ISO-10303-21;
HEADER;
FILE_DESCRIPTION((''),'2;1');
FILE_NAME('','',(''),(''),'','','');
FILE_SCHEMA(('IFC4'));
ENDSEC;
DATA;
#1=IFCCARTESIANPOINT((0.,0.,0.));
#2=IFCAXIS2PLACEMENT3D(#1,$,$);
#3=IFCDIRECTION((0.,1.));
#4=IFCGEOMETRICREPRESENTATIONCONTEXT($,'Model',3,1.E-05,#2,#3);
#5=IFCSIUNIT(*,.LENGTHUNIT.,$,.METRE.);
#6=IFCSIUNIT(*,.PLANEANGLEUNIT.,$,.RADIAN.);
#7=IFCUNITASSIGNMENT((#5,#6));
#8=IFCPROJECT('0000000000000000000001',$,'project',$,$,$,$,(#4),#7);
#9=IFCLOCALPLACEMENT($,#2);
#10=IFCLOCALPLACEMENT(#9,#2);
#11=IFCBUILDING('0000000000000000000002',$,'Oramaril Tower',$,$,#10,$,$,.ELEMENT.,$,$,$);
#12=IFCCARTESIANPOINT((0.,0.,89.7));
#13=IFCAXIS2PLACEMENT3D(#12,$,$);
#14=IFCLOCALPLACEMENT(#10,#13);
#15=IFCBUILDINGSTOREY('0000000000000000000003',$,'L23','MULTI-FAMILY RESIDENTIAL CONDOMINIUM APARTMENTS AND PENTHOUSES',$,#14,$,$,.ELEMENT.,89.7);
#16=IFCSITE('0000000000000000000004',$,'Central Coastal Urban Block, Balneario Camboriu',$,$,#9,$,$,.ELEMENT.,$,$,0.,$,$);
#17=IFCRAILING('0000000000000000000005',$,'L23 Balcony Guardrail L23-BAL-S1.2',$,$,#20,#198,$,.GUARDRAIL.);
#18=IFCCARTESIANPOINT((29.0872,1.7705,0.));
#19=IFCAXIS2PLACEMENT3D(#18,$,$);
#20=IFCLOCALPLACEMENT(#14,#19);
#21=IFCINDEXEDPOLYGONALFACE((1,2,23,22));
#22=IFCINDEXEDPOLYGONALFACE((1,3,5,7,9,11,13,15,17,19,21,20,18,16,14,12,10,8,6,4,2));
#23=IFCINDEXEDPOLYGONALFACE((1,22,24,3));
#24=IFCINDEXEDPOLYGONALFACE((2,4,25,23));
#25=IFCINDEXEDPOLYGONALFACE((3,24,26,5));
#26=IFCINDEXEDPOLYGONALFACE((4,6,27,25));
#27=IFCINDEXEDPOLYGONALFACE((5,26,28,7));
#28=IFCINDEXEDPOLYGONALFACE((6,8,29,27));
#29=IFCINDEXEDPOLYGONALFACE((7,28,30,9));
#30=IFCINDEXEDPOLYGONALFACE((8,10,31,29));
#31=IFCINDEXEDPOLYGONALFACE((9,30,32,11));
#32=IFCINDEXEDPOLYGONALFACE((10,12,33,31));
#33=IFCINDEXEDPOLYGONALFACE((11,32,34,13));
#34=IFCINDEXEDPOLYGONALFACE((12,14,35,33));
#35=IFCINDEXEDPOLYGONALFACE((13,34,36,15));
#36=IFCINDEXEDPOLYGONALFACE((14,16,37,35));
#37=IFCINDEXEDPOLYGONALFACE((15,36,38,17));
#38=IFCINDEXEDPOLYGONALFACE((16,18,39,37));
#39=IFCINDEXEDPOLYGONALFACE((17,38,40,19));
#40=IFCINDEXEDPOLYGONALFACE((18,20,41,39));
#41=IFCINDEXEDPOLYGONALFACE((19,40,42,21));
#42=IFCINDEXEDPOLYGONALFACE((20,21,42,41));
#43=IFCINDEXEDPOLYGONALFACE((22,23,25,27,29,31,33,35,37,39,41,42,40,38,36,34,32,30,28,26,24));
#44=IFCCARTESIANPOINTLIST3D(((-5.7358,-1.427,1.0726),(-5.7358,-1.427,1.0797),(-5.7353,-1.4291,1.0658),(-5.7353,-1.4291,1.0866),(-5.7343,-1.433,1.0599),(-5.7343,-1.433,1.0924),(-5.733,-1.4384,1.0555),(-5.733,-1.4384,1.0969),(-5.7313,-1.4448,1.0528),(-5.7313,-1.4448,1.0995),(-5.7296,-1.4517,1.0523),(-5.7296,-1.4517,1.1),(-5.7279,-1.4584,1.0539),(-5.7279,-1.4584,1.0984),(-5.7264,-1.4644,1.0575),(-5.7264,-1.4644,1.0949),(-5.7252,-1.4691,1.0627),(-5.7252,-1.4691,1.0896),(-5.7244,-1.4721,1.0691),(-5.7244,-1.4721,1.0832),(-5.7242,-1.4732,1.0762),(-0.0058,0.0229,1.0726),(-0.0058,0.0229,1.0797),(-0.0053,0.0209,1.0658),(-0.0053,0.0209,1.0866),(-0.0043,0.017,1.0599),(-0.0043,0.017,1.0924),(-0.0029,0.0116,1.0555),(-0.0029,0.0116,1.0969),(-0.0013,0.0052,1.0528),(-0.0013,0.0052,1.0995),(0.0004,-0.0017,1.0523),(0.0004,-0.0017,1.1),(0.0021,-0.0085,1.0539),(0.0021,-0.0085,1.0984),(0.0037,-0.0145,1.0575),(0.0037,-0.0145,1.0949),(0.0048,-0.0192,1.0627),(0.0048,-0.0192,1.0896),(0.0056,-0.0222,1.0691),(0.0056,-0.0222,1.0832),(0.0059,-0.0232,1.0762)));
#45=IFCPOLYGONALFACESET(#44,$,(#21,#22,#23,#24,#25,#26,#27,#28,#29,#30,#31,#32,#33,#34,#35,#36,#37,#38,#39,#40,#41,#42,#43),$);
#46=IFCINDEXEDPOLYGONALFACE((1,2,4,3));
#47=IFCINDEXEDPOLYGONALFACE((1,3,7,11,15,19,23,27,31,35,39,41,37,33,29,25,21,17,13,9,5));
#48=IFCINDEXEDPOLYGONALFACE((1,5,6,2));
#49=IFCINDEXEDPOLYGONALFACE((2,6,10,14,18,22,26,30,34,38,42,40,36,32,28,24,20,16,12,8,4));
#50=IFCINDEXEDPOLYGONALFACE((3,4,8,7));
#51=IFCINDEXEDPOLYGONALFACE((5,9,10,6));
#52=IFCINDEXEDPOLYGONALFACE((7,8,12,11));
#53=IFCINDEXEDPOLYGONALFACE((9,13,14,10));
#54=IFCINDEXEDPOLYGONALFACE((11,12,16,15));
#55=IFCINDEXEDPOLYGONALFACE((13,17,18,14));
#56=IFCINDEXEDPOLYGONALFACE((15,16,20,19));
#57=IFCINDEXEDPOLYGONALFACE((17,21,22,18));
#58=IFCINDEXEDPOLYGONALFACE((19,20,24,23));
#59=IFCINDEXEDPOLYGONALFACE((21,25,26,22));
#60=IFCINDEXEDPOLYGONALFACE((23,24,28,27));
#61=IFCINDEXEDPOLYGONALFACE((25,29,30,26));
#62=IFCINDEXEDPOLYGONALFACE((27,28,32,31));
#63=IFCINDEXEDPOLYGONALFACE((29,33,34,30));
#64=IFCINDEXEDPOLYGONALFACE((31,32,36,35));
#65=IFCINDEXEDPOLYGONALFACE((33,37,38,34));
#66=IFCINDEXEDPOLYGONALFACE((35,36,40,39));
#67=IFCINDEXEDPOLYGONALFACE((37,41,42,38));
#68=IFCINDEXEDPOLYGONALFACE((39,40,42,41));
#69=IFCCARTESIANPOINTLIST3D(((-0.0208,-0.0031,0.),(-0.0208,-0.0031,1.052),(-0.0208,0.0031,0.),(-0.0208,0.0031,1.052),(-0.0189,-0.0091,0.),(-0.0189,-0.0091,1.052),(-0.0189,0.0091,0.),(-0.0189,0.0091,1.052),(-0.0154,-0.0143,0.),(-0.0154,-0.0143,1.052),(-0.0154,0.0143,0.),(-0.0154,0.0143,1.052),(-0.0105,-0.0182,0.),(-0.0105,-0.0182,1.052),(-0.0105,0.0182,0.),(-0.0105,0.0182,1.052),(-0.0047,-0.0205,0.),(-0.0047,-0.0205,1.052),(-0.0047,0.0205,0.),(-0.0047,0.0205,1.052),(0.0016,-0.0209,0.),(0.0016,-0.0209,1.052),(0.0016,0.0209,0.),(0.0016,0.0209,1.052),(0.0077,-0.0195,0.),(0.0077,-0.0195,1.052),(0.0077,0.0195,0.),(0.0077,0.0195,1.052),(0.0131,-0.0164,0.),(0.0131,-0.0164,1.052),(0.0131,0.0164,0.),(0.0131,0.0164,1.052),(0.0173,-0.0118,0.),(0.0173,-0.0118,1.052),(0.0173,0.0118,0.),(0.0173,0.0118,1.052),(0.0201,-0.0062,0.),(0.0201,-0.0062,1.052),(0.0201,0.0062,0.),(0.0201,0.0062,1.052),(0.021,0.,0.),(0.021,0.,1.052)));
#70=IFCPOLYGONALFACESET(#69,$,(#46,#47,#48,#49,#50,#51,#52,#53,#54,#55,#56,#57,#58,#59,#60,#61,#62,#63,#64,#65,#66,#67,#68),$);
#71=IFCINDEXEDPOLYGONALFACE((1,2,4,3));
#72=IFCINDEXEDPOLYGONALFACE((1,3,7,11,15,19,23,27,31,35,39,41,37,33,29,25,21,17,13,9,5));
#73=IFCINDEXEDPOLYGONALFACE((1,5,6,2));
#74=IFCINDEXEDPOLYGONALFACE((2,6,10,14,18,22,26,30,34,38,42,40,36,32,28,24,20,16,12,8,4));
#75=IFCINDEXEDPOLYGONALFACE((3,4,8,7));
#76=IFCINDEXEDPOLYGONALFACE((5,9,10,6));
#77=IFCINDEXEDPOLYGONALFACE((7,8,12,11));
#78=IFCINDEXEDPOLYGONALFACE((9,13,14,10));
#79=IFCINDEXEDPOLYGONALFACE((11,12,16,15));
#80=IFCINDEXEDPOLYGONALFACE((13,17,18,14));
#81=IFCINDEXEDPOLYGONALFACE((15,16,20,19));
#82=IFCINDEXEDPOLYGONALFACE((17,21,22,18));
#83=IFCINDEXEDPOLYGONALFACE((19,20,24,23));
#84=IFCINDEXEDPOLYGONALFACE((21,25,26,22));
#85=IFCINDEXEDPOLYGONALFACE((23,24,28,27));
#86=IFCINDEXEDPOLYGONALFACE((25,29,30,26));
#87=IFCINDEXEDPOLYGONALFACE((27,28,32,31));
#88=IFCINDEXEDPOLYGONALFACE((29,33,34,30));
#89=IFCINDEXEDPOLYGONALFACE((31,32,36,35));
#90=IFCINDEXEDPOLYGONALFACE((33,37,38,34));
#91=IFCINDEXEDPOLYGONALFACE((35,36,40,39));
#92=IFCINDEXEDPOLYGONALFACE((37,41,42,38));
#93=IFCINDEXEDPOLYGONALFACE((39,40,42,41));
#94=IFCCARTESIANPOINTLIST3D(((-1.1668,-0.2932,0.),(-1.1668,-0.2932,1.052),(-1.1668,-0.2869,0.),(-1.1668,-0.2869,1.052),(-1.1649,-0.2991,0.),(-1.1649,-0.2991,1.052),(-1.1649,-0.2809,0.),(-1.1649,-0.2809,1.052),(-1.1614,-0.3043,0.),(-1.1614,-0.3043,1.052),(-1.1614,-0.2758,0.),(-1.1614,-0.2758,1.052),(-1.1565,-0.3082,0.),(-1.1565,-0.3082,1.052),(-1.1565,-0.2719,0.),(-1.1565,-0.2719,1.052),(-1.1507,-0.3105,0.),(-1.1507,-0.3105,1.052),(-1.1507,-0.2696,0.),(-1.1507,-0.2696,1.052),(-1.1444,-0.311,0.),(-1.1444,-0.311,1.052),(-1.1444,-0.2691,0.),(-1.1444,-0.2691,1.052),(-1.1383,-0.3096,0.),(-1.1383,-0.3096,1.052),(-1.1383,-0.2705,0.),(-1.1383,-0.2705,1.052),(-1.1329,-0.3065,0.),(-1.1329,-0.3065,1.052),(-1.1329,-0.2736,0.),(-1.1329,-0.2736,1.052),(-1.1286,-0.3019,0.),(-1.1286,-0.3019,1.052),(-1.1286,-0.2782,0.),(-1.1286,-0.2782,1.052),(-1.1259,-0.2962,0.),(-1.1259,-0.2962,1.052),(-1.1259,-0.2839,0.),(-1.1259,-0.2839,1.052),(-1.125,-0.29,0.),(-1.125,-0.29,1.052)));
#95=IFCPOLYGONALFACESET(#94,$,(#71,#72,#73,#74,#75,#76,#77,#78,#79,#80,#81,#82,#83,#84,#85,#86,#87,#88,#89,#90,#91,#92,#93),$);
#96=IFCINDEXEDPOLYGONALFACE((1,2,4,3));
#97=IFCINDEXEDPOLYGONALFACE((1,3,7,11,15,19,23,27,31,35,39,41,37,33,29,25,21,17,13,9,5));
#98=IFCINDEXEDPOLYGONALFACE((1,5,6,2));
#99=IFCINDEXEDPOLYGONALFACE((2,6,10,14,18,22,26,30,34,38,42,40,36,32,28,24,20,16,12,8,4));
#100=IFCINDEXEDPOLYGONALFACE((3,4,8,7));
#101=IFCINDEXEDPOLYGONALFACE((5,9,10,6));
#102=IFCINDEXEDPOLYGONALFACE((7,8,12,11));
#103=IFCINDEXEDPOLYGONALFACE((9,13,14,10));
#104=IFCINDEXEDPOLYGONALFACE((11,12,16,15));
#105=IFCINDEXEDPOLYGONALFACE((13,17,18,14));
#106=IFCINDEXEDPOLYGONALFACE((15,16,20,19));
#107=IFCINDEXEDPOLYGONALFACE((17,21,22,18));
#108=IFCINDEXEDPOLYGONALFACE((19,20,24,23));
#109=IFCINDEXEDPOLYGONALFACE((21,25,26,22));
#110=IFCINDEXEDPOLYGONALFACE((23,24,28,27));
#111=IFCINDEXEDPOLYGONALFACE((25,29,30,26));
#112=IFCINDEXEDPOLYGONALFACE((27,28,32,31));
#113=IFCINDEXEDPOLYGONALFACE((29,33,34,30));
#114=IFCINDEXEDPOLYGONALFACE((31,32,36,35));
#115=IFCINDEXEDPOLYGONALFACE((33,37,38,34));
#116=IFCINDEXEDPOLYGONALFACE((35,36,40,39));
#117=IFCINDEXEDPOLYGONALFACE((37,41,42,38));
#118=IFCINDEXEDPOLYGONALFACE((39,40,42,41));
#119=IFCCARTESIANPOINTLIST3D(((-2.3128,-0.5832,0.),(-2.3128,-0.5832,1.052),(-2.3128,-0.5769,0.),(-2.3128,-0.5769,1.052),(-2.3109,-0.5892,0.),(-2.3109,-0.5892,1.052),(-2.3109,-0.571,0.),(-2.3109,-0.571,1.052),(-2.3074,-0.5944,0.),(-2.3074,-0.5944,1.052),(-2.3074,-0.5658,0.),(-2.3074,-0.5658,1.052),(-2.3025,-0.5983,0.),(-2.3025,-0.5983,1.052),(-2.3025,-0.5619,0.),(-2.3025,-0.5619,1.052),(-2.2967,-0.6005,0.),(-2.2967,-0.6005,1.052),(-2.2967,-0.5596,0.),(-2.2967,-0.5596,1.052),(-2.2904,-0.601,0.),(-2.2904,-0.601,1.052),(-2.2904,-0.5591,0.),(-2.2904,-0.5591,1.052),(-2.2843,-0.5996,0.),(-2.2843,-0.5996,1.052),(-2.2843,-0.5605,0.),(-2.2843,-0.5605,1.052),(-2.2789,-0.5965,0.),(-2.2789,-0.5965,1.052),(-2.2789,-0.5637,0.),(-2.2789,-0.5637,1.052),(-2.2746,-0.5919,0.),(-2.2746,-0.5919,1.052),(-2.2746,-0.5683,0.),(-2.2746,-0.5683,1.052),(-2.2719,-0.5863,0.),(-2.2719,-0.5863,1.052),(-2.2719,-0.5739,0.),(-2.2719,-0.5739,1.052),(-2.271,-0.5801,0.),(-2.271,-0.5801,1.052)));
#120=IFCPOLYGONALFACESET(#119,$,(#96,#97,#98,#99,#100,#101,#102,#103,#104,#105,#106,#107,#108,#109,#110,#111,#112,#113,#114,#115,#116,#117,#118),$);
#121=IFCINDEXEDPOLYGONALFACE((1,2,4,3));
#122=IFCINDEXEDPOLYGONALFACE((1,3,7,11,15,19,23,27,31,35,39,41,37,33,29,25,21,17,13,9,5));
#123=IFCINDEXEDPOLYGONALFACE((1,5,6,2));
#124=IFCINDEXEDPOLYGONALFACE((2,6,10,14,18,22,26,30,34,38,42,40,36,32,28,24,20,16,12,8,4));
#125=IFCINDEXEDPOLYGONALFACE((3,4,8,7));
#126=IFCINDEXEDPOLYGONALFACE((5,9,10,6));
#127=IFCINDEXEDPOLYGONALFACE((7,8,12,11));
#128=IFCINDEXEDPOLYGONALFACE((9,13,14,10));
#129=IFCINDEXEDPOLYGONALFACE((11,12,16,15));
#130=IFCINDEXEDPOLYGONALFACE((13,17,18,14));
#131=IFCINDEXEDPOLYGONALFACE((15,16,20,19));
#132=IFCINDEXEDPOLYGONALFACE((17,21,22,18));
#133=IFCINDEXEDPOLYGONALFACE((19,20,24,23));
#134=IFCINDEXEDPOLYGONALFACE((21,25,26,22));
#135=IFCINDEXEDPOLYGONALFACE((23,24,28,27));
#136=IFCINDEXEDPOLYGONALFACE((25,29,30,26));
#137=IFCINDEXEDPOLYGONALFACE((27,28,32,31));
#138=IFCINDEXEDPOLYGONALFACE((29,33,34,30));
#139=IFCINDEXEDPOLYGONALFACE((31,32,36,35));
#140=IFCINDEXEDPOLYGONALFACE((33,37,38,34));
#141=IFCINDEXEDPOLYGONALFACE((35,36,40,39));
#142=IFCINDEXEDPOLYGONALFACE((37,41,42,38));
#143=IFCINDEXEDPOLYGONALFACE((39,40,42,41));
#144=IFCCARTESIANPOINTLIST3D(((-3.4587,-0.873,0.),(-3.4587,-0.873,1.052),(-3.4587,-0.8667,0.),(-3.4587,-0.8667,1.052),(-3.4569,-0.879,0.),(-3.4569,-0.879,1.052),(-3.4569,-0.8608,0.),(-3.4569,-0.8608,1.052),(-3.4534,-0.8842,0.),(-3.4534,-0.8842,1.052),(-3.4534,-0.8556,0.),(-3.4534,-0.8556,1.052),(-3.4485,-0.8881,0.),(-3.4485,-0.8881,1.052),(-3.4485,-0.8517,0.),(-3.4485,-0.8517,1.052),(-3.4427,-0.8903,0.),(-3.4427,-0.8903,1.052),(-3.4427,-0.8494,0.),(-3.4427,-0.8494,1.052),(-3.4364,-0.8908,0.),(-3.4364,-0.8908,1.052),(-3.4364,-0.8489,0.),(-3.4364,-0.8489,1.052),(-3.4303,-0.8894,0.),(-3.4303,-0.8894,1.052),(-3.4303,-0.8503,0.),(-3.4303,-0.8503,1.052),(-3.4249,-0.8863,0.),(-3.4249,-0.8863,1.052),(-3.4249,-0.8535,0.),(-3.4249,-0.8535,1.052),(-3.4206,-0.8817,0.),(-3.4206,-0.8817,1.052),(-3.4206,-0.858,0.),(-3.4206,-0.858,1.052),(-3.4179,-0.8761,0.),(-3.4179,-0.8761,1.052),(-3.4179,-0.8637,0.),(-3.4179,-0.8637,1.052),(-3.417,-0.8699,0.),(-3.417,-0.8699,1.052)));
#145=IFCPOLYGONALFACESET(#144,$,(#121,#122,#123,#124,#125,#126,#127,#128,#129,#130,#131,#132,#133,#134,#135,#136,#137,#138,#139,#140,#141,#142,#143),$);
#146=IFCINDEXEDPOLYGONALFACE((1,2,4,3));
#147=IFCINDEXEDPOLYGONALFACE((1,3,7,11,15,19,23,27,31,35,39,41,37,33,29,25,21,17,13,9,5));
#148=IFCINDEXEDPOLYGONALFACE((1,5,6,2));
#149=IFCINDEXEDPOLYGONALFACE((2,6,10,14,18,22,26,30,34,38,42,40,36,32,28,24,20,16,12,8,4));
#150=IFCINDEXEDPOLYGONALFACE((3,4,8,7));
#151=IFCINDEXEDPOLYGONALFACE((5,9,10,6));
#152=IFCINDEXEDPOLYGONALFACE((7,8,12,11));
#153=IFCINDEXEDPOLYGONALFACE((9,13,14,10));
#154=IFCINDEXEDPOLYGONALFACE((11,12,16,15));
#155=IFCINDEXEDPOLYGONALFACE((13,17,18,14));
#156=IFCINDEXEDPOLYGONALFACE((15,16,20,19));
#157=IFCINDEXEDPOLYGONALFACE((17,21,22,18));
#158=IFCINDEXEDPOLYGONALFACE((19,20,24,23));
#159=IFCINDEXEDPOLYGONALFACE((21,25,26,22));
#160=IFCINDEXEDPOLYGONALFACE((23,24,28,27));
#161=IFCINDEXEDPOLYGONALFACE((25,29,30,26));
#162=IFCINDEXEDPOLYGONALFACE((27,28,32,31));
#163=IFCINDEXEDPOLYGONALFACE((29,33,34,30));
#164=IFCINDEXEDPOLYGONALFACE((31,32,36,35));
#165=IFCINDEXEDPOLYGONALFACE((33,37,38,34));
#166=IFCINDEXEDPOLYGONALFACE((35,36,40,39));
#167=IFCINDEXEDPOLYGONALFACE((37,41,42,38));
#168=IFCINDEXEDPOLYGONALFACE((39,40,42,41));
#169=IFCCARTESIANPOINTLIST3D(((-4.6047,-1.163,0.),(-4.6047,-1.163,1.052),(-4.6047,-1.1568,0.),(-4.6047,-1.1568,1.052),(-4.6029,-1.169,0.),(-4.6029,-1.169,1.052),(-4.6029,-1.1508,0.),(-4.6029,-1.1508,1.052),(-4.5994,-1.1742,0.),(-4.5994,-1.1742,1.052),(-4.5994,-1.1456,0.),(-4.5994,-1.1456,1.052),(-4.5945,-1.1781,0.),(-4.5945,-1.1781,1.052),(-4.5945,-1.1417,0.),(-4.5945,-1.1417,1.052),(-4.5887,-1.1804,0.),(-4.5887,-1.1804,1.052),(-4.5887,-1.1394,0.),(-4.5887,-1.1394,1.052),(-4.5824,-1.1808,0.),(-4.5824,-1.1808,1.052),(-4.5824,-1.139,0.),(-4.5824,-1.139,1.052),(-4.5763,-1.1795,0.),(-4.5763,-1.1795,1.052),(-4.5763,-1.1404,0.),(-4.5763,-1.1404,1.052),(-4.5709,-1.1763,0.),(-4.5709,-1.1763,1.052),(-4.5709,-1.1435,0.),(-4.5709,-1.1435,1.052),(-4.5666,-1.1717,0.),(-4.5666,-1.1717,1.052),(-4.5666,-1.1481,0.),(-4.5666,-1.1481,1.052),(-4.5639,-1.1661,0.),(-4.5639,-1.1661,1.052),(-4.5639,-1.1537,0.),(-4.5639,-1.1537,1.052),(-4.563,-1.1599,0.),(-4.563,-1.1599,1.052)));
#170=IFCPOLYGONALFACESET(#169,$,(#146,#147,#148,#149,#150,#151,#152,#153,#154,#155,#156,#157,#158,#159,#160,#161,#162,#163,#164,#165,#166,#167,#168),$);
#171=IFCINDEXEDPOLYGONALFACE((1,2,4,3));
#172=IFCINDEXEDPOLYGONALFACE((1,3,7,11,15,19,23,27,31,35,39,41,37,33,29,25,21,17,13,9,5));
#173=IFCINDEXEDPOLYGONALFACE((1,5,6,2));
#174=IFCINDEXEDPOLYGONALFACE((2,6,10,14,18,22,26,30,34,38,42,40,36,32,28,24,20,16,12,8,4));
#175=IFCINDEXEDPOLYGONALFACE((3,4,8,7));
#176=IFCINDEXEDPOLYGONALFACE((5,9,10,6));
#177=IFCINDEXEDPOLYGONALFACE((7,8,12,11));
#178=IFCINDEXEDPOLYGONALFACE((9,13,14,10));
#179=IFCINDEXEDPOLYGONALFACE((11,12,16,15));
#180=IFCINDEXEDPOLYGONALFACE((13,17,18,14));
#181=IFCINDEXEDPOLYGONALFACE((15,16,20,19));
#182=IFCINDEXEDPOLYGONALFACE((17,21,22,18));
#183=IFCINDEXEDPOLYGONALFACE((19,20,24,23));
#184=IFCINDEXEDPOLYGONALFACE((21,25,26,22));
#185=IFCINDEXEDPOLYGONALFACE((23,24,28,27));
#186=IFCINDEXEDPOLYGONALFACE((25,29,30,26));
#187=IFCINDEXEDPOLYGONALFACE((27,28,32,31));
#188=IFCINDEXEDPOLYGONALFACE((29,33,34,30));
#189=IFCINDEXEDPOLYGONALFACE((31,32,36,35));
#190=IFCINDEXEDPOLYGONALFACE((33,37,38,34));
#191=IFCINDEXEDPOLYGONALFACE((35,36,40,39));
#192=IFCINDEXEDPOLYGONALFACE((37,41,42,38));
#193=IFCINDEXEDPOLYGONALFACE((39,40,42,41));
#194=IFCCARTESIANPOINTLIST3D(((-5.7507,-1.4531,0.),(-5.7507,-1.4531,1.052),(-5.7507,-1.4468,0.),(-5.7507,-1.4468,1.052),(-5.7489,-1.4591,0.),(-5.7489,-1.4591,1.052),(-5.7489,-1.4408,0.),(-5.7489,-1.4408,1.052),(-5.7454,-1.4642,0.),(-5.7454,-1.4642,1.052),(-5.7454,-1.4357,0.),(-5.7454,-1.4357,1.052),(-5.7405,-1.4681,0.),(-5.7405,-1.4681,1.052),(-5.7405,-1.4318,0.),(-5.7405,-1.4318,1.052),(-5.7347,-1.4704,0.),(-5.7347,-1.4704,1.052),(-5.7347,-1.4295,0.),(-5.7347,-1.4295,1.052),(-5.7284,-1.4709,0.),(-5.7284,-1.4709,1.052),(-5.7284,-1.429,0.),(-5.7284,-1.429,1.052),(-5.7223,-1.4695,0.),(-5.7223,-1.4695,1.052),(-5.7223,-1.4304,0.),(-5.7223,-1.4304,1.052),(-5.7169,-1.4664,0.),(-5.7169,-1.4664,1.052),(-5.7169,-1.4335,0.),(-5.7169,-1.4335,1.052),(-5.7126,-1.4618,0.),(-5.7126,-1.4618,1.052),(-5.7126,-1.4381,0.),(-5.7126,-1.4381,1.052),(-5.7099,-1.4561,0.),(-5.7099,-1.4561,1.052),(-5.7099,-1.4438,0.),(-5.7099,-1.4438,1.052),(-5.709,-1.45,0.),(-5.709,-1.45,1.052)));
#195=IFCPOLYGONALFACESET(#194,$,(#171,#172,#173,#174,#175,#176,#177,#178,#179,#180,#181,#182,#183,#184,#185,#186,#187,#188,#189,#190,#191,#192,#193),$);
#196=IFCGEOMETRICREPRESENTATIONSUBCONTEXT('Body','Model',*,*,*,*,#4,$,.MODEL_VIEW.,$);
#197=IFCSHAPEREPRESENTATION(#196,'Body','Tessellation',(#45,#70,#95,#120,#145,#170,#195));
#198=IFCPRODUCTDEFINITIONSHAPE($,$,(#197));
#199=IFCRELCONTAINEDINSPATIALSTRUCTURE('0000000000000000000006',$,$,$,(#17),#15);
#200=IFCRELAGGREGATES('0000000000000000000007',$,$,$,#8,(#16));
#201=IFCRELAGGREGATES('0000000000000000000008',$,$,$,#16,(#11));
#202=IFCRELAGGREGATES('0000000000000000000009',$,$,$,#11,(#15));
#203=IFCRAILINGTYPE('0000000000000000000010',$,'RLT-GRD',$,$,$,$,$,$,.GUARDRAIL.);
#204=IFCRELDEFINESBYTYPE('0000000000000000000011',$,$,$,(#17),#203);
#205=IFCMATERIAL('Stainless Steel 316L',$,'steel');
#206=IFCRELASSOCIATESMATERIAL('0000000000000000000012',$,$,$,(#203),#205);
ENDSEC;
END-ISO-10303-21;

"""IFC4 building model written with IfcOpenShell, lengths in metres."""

from ifc_helpers import new_model, si_unit, direction, frame, origin, origin_2d, place, context, subcontext, project, spatial, circle, extrude, material, type_object, element, save


model = new_model("IFC4")

# Units and contexts
model_context = context("Model", 3, precision=1e-05, world=origin(), true_north=direction((0.0, 1.0)))
body_context = subcontext(model_context, "Body", "Model", "MODEL_VIEW")
ifc_project = project(units=[si_unit("LENGTHUNIT", "METRE"), si_unit("PLANEANGLEUNIT", "RADIAN")], contexts=[model_context])

# Site, building, storey
site_placement = place(None, origin())
site = spatial("IfcSite", under=ifc_project, at=site_placement, Name="Central Coastal Urban Block, Balneario Camboriu", CompositionType="ELEMENT", RefElevation=0.0)
building_placement = place(site_placement, origin())
building = spatial("IfcBuilding", under=site, at=building_placement, Name="Oramaril Tower", CompositionType="ELEMENT")
storey_placement = place(building_placement, frame((0.0, 0.0, 89.7)))
storey = spatial("IfcBuildingStorey", under=building, at=storey_placement, Name="L23", Description="MULTI-FAMILY RESIDENTIAL CONDOMINIUM APARTMENTS AND PENTHOUSES", CompositionType="ELEMENT", Elevation=89.7)

# Railing
ifc_material_1 = material(Name="Stainless Steel 316L", Category="steel")
railing_type = type_object("IfcRailingType", Name="RLT-GRD", PredefinedType="GUARDRAIL", material=ifc_material_1)
railing_1_placement = place(storey_placement, frame((29.0872, 1.7705, 0.0)))
element("IfcRailing", 1, at=railing_1_placement, inside=storey, type_object=railing_type, Name="L23 Balcony Guardrail L23-BAL-S1.2", PredefinedType="GUARDRAIL", context=body_context, shape_type="SweptSolid", body=[
    extrude(circle(Radius=0.0239, at=origin_2d()), frame((0.0, 0.0, 1.0762), z_axis=(-0.969444, -0.245314, 0.0), x_axis=(0.245314, -0.969444, 0.0)), (0.0, 0.0, 1.0), 5.9106),
    extrude(circle(Radius=0.021, at=origin_2d()), origin(), (0.0, 0.0, 1.0), 1.052),
    extrude(circle(Radius=0.021, at=origin_2d()), frame((-1.146, -0.29, 0.0)), (0.0, 0.0, 1.0), 1.052),
    extrude(circle(Radius=0.021, at=origin_2d()), frame((-2.292, -0.5801, 0.0)), (0.0, 0.0, 1.0), 1.052),
    extrude(circle(Radius=0.021, at=origin_2d()), frame((-3.438, -0.8699, 0.0)), (0.0, 0.0, 1.0), 1.052),
    extrude(circle(Radius=0.021, at=origin_2d()), frame((-4.584, -1.1599, 0.0)), (0.0, 0.0, 1.0), 1.052),
    extrude(circle(Radius=0.021, at=origin_2d()), frame((-5.73, -1.45, 0.0)), (0.0, 0.0, 1.0), 1.052),
])

save(model, "model.ifc")
